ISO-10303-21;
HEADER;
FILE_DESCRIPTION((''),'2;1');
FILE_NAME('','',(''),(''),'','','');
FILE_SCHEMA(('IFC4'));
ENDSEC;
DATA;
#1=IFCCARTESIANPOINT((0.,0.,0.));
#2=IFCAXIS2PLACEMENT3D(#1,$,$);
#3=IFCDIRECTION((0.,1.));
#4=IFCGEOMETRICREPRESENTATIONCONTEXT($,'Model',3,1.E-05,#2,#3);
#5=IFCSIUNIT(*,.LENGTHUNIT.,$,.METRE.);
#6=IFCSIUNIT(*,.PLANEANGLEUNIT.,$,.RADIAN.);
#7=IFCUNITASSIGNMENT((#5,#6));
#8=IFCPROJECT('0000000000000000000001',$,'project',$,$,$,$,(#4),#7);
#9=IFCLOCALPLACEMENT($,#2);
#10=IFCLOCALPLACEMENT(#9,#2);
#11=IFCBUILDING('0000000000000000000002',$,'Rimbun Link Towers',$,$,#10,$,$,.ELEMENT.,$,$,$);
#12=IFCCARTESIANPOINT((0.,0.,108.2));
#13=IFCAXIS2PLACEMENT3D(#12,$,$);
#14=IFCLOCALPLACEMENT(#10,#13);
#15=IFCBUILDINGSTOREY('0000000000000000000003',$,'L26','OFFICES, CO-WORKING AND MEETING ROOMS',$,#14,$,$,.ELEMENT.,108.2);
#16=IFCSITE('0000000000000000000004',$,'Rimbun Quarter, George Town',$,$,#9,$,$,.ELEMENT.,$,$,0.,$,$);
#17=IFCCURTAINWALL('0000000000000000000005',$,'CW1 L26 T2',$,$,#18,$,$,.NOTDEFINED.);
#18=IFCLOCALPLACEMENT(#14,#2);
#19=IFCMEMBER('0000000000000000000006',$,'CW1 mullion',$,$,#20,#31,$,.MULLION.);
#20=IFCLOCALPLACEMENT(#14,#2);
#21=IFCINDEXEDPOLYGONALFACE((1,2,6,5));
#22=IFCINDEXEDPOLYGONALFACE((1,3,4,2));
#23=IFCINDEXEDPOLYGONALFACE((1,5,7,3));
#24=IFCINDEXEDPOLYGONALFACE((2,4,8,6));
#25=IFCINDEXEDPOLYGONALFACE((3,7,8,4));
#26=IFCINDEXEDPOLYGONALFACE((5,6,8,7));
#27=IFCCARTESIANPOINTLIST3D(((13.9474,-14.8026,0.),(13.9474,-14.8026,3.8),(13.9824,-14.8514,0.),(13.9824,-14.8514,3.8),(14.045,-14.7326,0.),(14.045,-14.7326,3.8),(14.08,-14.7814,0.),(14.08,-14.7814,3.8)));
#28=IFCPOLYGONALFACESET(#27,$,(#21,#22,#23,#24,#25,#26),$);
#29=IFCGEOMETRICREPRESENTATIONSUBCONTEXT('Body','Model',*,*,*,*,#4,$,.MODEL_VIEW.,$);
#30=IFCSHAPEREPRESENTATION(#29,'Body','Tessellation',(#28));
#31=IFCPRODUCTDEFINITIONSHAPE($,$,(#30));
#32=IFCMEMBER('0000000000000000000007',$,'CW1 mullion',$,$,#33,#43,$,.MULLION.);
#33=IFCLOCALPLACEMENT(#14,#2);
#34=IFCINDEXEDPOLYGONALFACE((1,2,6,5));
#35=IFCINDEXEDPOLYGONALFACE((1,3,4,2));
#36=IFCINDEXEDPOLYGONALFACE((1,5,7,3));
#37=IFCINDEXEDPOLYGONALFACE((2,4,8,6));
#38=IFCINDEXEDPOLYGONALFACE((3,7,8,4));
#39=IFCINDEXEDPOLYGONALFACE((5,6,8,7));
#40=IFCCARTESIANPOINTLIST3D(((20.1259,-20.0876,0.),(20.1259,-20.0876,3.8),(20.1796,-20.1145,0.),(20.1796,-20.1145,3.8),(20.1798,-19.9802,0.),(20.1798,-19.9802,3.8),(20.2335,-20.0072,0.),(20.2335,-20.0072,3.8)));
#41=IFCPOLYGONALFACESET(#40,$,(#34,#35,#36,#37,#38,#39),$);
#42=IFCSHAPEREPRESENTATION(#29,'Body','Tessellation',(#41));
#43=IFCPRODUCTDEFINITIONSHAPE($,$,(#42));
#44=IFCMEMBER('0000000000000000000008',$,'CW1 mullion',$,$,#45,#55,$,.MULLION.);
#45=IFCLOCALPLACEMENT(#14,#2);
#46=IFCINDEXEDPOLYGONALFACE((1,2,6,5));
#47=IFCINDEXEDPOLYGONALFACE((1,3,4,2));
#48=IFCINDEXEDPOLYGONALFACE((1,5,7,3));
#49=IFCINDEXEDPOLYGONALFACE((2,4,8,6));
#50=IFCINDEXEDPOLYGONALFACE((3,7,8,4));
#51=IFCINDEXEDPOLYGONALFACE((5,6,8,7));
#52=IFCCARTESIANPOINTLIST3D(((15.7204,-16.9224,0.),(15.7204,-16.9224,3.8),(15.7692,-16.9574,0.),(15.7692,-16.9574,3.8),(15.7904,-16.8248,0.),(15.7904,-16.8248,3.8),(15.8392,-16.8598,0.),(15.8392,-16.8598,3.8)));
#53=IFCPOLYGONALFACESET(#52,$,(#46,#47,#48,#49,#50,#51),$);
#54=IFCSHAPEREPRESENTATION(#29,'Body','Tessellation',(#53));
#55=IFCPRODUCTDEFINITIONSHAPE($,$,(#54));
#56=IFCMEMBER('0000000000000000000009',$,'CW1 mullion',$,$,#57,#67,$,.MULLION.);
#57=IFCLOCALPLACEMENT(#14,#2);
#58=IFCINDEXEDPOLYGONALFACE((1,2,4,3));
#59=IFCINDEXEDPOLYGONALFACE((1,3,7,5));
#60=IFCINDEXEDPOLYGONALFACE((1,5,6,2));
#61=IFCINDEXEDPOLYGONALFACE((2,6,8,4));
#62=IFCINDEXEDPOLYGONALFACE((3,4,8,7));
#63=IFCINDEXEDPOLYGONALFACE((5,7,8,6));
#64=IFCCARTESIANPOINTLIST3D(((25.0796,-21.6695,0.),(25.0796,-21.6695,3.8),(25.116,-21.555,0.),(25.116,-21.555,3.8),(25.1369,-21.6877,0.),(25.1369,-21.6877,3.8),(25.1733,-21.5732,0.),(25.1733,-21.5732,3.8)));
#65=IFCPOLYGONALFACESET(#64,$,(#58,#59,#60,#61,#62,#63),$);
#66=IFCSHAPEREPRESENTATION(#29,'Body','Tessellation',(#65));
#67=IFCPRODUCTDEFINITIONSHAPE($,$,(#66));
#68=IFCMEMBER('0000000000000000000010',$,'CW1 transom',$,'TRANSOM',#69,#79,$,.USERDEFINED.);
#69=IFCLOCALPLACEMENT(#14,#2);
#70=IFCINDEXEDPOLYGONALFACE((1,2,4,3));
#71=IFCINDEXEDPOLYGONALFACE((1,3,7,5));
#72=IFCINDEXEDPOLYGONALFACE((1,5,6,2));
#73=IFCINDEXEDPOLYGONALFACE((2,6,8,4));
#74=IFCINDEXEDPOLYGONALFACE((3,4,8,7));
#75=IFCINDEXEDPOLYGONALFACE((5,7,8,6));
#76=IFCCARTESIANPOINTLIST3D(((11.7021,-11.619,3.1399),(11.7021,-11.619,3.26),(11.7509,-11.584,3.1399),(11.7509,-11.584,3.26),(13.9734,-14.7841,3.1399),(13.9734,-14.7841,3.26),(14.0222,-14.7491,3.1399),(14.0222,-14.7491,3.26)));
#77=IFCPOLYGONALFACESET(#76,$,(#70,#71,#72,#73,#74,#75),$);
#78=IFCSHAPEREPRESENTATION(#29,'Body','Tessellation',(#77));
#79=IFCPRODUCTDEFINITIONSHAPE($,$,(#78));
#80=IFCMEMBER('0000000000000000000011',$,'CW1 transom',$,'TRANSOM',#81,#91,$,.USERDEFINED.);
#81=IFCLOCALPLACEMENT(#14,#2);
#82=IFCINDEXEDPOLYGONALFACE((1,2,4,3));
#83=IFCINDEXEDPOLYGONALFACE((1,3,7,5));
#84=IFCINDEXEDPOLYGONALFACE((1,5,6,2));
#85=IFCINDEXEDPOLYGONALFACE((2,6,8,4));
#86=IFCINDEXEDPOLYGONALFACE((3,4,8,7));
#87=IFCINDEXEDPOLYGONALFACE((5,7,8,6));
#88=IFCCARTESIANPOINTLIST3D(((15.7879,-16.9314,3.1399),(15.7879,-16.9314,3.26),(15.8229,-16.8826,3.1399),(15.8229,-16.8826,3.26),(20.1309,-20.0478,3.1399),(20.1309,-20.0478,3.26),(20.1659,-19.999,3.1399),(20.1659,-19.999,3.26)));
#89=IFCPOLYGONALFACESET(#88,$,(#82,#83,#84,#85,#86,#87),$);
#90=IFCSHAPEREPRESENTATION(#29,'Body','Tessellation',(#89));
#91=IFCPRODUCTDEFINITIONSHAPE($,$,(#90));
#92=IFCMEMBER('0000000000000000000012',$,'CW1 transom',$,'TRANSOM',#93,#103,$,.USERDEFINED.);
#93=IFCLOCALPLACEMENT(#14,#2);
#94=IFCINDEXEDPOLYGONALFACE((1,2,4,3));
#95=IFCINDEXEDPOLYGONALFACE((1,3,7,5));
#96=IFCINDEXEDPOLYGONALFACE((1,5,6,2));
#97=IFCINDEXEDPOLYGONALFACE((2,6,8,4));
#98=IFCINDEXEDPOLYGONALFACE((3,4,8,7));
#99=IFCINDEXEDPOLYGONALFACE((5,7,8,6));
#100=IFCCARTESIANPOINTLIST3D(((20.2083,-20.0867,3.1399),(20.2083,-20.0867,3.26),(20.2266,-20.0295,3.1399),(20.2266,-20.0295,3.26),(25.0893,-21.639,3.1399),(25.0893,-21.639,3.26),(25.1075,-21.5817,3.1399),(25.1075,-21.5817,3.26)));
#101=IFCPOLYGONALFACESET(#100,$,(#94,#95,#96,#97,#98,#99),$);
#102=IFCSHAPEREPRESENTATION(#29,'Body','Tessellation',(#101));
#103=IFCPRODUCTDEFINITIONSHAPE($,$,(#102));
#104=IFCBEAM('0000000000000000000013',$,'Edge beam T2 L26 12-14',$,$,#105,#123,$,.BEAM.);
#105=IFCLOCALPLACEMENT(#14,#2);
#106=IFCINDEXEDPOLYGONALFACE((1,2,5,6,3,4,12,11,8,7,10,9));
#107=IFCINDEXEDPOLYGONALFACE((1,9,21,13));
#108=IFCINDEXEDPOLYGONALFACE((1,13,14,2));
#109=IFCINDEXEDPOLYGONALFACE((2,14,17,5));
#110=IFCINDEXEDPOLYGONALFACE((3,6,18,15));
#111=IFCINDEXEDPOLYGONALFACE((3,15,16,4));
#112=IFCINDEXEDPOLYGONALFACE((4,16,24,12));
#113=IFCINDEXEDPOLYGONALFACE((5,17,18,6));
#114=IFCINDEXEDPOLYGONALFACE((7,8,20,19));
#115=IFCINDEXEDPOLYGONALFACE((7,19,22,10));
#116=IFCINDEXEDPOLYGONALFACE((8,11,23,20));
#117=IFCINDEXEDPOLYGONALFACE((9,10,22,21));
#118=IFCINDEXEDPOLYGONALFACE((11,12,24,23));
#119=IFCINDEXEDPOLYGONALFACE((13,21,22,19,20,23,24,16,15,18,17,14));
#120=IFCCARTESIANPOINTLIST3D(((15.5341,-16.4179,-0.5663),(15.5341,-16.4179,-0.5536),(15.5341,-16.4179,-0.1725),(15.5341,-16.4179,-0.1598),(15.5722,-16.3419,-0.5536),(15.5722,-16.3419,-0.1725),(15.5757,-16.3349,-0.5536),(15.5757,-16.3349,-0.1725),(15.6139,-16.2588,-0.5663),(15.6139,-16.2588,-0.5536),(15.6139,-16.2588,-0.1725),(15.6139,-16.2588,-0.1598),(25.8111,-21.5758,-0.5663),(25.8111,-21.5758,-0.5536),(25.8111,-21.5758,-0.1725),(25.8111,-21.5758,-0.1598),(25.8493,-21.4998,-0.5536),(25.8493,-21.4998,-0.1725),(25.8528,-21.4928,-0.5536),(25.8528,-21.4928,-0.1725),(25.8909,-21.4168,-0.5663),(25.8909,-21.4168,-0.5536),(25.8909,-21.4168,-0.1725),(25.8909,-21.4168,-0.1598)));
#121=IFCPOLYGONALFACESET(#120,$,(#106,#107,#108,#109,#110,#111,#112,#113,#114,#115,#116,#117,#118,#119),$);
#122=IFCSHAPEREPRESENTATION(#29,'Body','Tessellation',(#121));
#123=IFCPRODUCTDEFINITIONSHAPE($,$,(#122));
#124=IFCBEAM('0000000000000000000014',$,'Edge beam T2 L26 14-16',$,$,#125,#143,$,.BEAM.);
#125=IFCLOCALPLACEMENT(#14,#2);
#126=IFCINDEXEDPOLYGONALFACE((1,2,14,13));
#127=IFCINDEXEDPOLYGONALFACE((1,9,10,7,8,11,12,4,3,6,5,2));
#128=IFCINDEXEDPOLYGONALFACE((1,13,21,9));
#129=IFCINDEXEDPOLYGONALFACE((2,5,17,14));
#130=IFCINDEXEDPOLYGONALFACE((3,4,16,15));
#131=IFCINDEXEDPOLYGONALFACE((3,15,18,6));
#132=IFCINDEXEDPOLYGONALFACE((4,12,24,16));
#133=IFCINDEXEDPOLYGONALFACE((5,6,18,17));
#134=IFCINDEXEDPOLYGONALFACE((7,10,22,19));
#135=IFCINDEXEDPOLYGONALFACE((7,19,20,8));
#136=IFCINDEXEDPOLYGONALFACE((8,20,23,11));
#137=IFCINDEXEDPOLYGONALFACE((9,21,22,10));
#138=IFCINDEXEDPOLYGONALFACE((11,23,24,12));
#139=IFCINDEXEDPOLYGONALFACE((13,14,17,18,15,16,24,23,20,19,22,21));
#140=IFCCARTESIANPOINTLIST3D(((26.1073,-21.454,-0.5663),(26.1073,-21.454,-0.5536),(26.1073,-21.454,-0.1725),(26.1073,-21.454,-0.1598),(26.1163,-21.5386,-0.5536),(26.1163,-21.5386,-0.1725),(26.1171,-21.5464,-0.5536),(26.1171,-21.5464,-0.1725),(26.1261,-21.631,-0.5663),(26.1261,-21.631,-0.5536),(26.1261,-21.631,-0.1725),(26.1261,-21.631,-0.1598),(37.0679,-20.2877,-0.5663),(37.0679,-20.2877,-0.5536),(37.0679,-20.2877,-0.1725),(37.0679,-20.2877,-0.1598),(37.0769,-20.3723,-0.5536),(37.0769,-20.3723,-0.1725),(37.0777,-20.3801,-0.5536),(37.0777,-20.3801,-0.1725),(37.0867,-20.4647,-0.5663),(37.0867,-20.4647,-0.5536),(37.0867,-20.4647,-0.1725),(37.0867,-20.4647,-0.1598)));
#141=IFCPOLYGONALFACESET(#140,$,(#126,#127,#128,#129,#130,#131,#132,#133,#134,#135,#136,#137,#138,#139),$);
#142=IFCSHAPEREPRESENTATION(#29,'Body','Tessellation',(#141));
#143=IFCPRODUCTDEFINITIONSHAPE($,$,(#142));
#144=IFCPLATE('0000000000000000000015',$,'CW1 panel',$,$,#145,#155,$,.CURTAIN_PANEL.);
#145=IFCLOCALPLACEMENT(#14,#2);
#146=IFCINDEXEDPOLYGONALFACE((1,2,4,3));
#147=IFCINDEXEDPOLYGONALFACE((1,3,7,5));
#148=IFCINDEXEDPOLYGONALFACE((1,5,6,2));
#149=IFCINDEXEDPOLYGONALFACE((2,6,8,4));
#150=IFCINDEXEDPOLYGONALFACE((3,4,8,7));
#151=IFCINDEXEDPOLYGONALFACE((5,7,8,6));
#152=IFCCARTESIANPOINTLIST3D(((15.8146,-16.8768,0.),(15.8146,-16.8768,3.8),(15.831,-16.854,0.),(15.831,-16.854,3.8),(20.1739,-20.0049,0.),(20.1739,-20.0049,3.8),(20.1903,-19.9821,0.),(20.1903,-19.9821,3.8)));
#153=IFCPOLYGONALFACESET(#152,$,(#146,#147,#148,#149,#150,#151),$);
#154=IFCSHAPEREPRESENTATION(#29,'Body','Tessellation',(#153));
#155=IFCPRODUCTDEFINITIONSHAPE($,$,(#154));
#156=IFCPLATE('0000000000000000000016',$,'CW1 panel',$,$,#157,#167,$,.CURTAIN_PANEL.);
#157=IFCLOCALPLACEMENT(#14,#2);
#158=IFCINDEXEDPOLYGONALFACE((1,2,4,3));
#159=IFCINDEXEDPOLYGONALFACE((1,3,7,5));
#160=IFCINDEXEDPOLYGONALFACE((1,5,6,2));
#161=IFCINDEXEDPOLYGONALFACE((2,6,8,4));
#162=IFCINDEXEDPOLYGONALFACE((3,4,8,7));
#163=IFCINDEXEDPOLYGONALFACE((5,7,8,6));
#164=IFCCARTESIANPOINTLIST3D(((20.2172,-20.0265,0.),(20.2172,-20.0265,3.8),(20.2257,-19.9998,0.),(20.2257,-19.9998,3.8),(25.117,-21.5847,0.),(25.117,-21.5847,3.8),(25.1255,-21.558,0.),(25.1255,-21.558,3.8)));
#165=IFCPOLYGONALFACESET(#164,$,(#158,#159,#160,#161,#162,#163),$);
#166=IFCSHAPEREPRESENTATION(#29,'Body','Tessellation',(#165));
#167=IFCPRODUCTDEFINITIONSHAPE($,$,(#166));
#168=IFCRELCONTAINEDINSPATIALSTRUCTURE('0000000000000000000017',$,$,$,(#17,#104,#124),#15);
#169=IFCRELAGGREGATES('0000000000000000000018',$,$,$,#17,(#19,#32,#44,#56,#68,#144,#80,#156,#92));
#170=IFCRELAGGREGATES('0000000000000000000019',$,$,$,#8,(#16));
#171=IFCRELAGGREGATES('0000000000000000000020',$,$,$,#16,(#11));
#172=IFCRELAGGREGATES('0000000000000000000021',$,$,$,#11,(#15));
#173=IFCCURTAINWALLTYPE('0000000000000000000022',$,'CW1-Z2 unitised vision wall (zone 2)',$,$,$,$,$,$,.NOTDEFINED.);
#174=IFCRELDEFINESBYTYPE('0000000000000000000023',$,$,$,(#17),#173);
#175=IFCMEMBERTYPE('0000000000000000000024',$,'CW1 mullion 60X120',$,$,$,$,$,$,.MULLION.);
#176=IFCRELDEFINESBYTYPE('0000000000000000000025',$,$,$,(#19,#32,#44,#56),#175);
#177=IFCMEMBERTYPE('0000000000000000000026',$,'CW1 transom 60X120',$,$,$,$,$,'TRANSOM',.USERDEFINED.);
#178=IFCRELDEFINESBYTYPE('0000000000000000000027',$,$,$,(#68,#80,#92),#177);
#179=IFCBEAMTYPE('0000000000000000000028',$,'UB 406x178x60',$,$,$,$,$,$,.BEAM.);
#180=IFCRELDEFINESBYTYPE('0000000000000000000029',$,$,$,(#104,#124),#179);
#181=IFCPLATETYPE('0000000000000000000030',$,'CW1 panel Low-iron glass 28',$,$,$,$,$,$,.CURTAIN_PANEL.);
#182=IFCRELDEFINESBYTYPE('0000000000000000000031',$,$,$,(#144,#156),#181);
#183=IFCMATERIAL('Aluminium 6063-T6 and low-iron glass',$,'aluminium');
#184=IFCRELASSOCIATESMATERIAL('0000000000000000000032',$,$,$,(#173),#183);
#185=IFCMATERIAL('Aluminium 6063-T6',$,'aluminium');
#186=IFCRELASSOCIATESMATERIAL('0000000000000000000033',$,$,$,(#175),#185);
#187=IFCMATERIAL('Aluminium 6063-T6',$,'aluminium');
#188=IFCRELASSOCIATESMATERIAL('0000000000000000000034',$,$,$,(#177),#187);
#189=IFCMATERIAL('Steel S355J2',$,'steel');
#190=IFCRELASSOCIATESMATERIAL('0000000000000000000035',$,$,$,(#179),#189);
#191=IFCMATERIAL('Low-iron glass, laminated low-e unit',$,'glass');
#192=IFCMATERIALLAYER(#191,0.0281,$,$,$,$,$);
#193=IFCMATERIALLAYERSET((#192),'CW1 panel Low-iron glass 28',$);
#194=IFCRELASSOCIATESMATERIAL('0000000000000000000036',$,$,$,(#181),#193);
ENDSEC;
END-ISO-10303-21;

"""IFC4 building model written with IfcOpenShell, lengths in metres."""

from ifc_helpers import new_model, si_unit, direction, frame, origin, origin_2d, place, context, subcontext, project, spatial, rectangle, i_section, extrude, material, layer, layer_set, material_profile, profile_set, type_object, element, aggregate, save


model = new_model("IFC4")

# Units and contexts
model_context = context("Model", 3, precision=1e-05, world=origin(), true_north=direction((0.0, 1.0)))
body_context = subcontext(model_context, "Body", "Model", "MODEL_VIEW")
ifc_project = project(units=[si_unit("LENGTHUNIT", "METRE"), si_unit("PLANEANGLEUNIT", "RADIAN")], contexts=[model_context])

# Site, building, storey
site_placement = place(None, origin())
site = spatial("IfcSite", under=ifc_project, at=site_placement, Name="Rimbun Quarter, George Town", CompositionType="ELEMENT", RefElevation=0.0)
building_placement = place(site_placement, origin())
building = spatial("IfcBuilding", under=site, at=building_placement, Name="Rimbun Link Towers", CompositionType="ELEMENT")
storey_placement = place(building_placement, frame((0.0, 0.0, 108.2)))
storey = spatial("IfcBuildingStorey", under=building, at=storey_placement, Name="L26", Description="OFFICES, CO-WORKING AND MEETING ROOMS", CompositionType="ELEMENT", Elevation=108.2)

# Curtain wall, members
ifc_material_1 = material(Name="Aluminium 6063-T6 and low-iron glass", Category="aluminium")
curtain_wall_type = type_object("IfcCurtainWallType", Name="CW1-Z2 unitised vision wall (zone 2)", PredefinedType="NOTDEFINED", material=ifc_material_1)
curtain_wall_placement = place(storey_placement, origin())
curtain_wall = element("IfcCurtainWall", 1, at=curtain_wall_placement, inside=storey, type_object=curtain_wall_type, Name="CW1 L26 T2", PredefinedType="NOTDEFINED")
ifc_material_2 = material(Name="Aluminium 6063-T6", Category="aluminium")
ifc_material_profile_1 = material_profile(ifc_material_2, rectangle(XDim=0.1201, YDim=0.0601, at=origin_2d()), Name="MULLION 60X120")
ifc_profile_set_1 = profile_set([ifc_material_profile_1], Name="Aluminium 6063-T6")
member_type_1 = type_object("IfcMemberType", Name="CW1 mullion 60X120", PredefinedType="MULLION", material=ifc_profile_set_1)
member_1_placement = place(storey_placement, frame((14.0137, -14.792, 0.0), z_axis=(0.0, 0.0, 1.0), x_axis=(-0.812467, -0.583007, 0.0)))
member_1 = element("IfcMember", 2, at=member_1_placement, type_object=member_type_1, Name="CW1 mullion", PredefinedType="MULLION", context=body_context, shape_type="SweptSolid", body=[
    extrude(rectangle(XDim=0.1201, YDim=0.0601, at=origin_2d()), origin(), (0.0, 0.0, 1.0), 3.8),
])
member_2_placement = place(storey_placement, frame((20.1797, -20.0474, 0.0), z_axis=(0.0, 0.0, 1.0), x_axis=(-0.448567, -0.893749, 0.0)))
member_2 = element("IfcMember", 3, at=member_2_placement, type_object=member_type_1, Name="CW1 mullion", PredefinedType="MULLION", context=body_context, shape_type="SweptSolid", body=[
    extrude(rectangle(XDim=0.1201, YDim=0.0601, at=origin_2d()), origin(), (0.0, 0.0, 1.0), 3.8),
])
member_3_placement = place(storey_placement, frame((15.7798, -16.8911, 0.0), z_axis=(0.0, 0.0, 1.0), x_axis=(-0.583007, -0.812467, 0.0)))
member_3 = element("IfcMember", 4, at=member_3_placement, type_object=member_type_1, Name="CW1 mullion", PredefinedType="MULLION", context=body_context, shape_type="SweptSolid", body=[
    extrude(rectangle(XDim=0.1201, YDim=0.0601, at=origin_2d()), origin(), (0.0, 0.0, 1.0), 3.8),
])
member_4_placement = place(storey_placement, frame((25.1265, -21.6213, 0.0), z_axis=(0.0, 0.0, 1.0), x_axis=(-0.303057, -0.952972, 0.0)))
member_4 = element("IfcMember", 5, at=member_4_placement, type_object=member_type_1, Name="CW1 mullion", PredefinedType="MULLION", context=body_context, shape_type="SweptSolid", body=[
    extrude(rectangle(XDim=0.1201, YDim=0.0601, at=origin_2d()), origin(), (0.0, 0.0, 1.0), 3.8),
])
ifc_material_3 = material(Name="Aluminium 6063-T6", Category="aluminium")
ifc_material_profile_2 = material_profile(ifc_material_3, rectangle(XDim=0.0601, YDim=0.1201, at=origin_2d()), Name="TRANSOM 60X120")
ifc_profile_set_2 = profile_set([ifc_material_profile_2], Name="Aluminium 6063-T6")
member_type_2 = type_object("IfcMemberType", Name="CW1 transom 60X120", ElementType="TRANSOM", PredefinedType="USERDEFINED", material=ifc_profile_set_2)
member_5_placement = place(storey_placement, frame((13.9978, -14.7666, 3.2), z_axis=(-0.583021, 0.812457, 0.0), x_axis=(-0.812457, -0.583021, 0.0)))
member_5 = element("IfcMember", 6, at=member_5_placement, type_object=member_type_2, Name="CW1 transom", ObjectType="TRANSOM", PredefinedType="USERDEFINED", context=body_context, shape_type="SweptSolid", body=[
    extrude(rectangle(XDim=0.0601, YDim=0.1201, at=origin_2d()), origin(), (0.0, 0.0, 1.0), 3.8958),
])
member_6_placement = place(storey_placement, frame((20.1484, -20.0234, 3.2), z_axis=(-0.812466, 0.583008, 0.0), x_axis=(-0.583008, -0.812466, 0.0)))
member_6 = element("IfcMember", 7, at=member_6_placement, type_object=member_type_2, Name="CW1 transom", ObjectType="TRANSOM", PredefinedType="USERDEFINED", context=body_context, shape_type="SweptSolid", body=[
    extrude(rectangle(XDim=0.0601, YDim=0.1201, at=origin_2d()), origin(), (0.0, 0.0, 1.0), 5.3455),
])
member_7_placement = place(storey_placement, frame((25.0984, -21.6104, 3.2), z_axis=(-0.952968, 0.30307, 0.0), x_axis=(-0.30307, -0.952968, 0.0)))
member_7 = element("IfcMember", 8, at=member_7_placement, type_object=member_type_2, Name="CW1 transom", ObjectType="TRANSOM", PredefinedType="USERDEFINED", context=body_context, shape_type="SweptSolid", body=[
    extrude(rectangle(XDim=0.0601, YDim=0.1201, at=origin_2d()), origin(), (0.0, 0.0, 1.0), 5.1218),
])

# Beams
ifc_material_4 = material(Name="Steel S355J2", Category="steel")
ifc_material_profile_3 = material_profile(ifc_material_4, i_section(OverallWidth=0.178, OverallDepth=0.4065, WebThickness=0.0078, FlangeThickness=0.0127, at=origin_2d()), Name="UB 406x178x60")
ifc_profile_set_3 = profile_set([ifc_material_profile_3], Name="Steel S355J2")
beam_type = type_object("IfcBeamType", Name="UB 406x178x60", PredefinedType="BEAM", material=ifc_profile_set_3)
beam_1_placement = place(storey_placement, frame((15.574, -16.3384, -0.363), z_axis=(0.893751, -0.448563, 0.0), x_axis=(0.448563, 0.893751, 0.0)))
element("IfcBeam", 9, at=beam_1_placement, inside=storey, type_object=beam_type, Name="Edge beam T2 L26 12-14", PredefinedType="BEAM", context=body_context, shape_type="SweptSolid", body=[
    extrude(i_section(OverallWidth=0.178, OverallDepth=0.4065, WebThickness=0.0078, FlangeThickness=0.0127, at=origin_2d()), origin(), (0.0, 0.0, 1.0), 11.4988),
])
beam_2_placement = place(storey_placement, frame((26.1167, -21.5425, -0.363), z_axis=(0.994387, 0.105807, 0.0), x_axis=(-0.105807, 0.994387, 0.0)))
element("IfcBeam", 10, at=beam_2_placement, inside=storey, type_object=beam_type, Name="Edge beam T2 L26 14-16", PredefinedType="BEAM", context=body_context, shape_type="SweptSolid", body=[
    extrude(i_section(OverallWidth=0.178, OverallDepth=0.4065, WebThickness=0.0078, FlangeThickness=0.0127, at=origin_2d()), origin(), (0.0, 0.0, 1.0), 11.0225),
])

# Plates
ifc_material_5 = material(Name="Low-iron glass, laminated low-e unit", Category="glass")
ifc_layer = layer(ifc_material_5, 0.0281)
ifc_layer_set = layer_set([ifc_layer], Name="CW1 panel Low-iron glass 28")
plate_type = type_object("IfcPlateType", Name="CW1 panel Low-iron glass 28", PredefinedType="CURTAIN_PANEL", material=ifc_layer_set)
plate_1_placement = place(storey_placement, frame((18.0024, -18.4294, 0.0), z_axis=(0.0, 0.0, 1.0), x_axis=(-0.812467, 0.583007, 0.0)))
plate_1 = element("IfcPlate", 11, at=plate_1_placement, type_object=plate_type, Name="CW1 panel", PredefinedType="CURTAIN_PANEL", context=body_context, shape_type="SweptSolid", body=[
    extrude(rectangle(XDim=5.3655, YDim=0.0281, at=origin_2d()), origin(), (0.0, 0.0, 1.0), 3.8),
])
plate_2_placement = place(storey_placement, frame((22.6714, -20.7922, 0.0), z_axis=(0.0, 0.0, 1.0), x_axis=(-0.952972, 0.303057, 0.0)))
plate_2 = element("IfcPlate", 12, at=plate_2_placement, type_object=plate_type, Name="CW1 panel", PredefinedType="CURTAIN_PANEL", context=body_context, shape_type="SweptSolid", body=[
    extrude(rectangle(XDim=5.1416, YDim=0.0281, at=origin_2d()), origin(), (0.0, 0.0, 1.0), 3.8),
])
aggregate(curtain_wall, [member_1, member_2, member_3, member_4, member_5, plate_1, member_6, plate_2, member_7])

save(model, "model.ifc")
